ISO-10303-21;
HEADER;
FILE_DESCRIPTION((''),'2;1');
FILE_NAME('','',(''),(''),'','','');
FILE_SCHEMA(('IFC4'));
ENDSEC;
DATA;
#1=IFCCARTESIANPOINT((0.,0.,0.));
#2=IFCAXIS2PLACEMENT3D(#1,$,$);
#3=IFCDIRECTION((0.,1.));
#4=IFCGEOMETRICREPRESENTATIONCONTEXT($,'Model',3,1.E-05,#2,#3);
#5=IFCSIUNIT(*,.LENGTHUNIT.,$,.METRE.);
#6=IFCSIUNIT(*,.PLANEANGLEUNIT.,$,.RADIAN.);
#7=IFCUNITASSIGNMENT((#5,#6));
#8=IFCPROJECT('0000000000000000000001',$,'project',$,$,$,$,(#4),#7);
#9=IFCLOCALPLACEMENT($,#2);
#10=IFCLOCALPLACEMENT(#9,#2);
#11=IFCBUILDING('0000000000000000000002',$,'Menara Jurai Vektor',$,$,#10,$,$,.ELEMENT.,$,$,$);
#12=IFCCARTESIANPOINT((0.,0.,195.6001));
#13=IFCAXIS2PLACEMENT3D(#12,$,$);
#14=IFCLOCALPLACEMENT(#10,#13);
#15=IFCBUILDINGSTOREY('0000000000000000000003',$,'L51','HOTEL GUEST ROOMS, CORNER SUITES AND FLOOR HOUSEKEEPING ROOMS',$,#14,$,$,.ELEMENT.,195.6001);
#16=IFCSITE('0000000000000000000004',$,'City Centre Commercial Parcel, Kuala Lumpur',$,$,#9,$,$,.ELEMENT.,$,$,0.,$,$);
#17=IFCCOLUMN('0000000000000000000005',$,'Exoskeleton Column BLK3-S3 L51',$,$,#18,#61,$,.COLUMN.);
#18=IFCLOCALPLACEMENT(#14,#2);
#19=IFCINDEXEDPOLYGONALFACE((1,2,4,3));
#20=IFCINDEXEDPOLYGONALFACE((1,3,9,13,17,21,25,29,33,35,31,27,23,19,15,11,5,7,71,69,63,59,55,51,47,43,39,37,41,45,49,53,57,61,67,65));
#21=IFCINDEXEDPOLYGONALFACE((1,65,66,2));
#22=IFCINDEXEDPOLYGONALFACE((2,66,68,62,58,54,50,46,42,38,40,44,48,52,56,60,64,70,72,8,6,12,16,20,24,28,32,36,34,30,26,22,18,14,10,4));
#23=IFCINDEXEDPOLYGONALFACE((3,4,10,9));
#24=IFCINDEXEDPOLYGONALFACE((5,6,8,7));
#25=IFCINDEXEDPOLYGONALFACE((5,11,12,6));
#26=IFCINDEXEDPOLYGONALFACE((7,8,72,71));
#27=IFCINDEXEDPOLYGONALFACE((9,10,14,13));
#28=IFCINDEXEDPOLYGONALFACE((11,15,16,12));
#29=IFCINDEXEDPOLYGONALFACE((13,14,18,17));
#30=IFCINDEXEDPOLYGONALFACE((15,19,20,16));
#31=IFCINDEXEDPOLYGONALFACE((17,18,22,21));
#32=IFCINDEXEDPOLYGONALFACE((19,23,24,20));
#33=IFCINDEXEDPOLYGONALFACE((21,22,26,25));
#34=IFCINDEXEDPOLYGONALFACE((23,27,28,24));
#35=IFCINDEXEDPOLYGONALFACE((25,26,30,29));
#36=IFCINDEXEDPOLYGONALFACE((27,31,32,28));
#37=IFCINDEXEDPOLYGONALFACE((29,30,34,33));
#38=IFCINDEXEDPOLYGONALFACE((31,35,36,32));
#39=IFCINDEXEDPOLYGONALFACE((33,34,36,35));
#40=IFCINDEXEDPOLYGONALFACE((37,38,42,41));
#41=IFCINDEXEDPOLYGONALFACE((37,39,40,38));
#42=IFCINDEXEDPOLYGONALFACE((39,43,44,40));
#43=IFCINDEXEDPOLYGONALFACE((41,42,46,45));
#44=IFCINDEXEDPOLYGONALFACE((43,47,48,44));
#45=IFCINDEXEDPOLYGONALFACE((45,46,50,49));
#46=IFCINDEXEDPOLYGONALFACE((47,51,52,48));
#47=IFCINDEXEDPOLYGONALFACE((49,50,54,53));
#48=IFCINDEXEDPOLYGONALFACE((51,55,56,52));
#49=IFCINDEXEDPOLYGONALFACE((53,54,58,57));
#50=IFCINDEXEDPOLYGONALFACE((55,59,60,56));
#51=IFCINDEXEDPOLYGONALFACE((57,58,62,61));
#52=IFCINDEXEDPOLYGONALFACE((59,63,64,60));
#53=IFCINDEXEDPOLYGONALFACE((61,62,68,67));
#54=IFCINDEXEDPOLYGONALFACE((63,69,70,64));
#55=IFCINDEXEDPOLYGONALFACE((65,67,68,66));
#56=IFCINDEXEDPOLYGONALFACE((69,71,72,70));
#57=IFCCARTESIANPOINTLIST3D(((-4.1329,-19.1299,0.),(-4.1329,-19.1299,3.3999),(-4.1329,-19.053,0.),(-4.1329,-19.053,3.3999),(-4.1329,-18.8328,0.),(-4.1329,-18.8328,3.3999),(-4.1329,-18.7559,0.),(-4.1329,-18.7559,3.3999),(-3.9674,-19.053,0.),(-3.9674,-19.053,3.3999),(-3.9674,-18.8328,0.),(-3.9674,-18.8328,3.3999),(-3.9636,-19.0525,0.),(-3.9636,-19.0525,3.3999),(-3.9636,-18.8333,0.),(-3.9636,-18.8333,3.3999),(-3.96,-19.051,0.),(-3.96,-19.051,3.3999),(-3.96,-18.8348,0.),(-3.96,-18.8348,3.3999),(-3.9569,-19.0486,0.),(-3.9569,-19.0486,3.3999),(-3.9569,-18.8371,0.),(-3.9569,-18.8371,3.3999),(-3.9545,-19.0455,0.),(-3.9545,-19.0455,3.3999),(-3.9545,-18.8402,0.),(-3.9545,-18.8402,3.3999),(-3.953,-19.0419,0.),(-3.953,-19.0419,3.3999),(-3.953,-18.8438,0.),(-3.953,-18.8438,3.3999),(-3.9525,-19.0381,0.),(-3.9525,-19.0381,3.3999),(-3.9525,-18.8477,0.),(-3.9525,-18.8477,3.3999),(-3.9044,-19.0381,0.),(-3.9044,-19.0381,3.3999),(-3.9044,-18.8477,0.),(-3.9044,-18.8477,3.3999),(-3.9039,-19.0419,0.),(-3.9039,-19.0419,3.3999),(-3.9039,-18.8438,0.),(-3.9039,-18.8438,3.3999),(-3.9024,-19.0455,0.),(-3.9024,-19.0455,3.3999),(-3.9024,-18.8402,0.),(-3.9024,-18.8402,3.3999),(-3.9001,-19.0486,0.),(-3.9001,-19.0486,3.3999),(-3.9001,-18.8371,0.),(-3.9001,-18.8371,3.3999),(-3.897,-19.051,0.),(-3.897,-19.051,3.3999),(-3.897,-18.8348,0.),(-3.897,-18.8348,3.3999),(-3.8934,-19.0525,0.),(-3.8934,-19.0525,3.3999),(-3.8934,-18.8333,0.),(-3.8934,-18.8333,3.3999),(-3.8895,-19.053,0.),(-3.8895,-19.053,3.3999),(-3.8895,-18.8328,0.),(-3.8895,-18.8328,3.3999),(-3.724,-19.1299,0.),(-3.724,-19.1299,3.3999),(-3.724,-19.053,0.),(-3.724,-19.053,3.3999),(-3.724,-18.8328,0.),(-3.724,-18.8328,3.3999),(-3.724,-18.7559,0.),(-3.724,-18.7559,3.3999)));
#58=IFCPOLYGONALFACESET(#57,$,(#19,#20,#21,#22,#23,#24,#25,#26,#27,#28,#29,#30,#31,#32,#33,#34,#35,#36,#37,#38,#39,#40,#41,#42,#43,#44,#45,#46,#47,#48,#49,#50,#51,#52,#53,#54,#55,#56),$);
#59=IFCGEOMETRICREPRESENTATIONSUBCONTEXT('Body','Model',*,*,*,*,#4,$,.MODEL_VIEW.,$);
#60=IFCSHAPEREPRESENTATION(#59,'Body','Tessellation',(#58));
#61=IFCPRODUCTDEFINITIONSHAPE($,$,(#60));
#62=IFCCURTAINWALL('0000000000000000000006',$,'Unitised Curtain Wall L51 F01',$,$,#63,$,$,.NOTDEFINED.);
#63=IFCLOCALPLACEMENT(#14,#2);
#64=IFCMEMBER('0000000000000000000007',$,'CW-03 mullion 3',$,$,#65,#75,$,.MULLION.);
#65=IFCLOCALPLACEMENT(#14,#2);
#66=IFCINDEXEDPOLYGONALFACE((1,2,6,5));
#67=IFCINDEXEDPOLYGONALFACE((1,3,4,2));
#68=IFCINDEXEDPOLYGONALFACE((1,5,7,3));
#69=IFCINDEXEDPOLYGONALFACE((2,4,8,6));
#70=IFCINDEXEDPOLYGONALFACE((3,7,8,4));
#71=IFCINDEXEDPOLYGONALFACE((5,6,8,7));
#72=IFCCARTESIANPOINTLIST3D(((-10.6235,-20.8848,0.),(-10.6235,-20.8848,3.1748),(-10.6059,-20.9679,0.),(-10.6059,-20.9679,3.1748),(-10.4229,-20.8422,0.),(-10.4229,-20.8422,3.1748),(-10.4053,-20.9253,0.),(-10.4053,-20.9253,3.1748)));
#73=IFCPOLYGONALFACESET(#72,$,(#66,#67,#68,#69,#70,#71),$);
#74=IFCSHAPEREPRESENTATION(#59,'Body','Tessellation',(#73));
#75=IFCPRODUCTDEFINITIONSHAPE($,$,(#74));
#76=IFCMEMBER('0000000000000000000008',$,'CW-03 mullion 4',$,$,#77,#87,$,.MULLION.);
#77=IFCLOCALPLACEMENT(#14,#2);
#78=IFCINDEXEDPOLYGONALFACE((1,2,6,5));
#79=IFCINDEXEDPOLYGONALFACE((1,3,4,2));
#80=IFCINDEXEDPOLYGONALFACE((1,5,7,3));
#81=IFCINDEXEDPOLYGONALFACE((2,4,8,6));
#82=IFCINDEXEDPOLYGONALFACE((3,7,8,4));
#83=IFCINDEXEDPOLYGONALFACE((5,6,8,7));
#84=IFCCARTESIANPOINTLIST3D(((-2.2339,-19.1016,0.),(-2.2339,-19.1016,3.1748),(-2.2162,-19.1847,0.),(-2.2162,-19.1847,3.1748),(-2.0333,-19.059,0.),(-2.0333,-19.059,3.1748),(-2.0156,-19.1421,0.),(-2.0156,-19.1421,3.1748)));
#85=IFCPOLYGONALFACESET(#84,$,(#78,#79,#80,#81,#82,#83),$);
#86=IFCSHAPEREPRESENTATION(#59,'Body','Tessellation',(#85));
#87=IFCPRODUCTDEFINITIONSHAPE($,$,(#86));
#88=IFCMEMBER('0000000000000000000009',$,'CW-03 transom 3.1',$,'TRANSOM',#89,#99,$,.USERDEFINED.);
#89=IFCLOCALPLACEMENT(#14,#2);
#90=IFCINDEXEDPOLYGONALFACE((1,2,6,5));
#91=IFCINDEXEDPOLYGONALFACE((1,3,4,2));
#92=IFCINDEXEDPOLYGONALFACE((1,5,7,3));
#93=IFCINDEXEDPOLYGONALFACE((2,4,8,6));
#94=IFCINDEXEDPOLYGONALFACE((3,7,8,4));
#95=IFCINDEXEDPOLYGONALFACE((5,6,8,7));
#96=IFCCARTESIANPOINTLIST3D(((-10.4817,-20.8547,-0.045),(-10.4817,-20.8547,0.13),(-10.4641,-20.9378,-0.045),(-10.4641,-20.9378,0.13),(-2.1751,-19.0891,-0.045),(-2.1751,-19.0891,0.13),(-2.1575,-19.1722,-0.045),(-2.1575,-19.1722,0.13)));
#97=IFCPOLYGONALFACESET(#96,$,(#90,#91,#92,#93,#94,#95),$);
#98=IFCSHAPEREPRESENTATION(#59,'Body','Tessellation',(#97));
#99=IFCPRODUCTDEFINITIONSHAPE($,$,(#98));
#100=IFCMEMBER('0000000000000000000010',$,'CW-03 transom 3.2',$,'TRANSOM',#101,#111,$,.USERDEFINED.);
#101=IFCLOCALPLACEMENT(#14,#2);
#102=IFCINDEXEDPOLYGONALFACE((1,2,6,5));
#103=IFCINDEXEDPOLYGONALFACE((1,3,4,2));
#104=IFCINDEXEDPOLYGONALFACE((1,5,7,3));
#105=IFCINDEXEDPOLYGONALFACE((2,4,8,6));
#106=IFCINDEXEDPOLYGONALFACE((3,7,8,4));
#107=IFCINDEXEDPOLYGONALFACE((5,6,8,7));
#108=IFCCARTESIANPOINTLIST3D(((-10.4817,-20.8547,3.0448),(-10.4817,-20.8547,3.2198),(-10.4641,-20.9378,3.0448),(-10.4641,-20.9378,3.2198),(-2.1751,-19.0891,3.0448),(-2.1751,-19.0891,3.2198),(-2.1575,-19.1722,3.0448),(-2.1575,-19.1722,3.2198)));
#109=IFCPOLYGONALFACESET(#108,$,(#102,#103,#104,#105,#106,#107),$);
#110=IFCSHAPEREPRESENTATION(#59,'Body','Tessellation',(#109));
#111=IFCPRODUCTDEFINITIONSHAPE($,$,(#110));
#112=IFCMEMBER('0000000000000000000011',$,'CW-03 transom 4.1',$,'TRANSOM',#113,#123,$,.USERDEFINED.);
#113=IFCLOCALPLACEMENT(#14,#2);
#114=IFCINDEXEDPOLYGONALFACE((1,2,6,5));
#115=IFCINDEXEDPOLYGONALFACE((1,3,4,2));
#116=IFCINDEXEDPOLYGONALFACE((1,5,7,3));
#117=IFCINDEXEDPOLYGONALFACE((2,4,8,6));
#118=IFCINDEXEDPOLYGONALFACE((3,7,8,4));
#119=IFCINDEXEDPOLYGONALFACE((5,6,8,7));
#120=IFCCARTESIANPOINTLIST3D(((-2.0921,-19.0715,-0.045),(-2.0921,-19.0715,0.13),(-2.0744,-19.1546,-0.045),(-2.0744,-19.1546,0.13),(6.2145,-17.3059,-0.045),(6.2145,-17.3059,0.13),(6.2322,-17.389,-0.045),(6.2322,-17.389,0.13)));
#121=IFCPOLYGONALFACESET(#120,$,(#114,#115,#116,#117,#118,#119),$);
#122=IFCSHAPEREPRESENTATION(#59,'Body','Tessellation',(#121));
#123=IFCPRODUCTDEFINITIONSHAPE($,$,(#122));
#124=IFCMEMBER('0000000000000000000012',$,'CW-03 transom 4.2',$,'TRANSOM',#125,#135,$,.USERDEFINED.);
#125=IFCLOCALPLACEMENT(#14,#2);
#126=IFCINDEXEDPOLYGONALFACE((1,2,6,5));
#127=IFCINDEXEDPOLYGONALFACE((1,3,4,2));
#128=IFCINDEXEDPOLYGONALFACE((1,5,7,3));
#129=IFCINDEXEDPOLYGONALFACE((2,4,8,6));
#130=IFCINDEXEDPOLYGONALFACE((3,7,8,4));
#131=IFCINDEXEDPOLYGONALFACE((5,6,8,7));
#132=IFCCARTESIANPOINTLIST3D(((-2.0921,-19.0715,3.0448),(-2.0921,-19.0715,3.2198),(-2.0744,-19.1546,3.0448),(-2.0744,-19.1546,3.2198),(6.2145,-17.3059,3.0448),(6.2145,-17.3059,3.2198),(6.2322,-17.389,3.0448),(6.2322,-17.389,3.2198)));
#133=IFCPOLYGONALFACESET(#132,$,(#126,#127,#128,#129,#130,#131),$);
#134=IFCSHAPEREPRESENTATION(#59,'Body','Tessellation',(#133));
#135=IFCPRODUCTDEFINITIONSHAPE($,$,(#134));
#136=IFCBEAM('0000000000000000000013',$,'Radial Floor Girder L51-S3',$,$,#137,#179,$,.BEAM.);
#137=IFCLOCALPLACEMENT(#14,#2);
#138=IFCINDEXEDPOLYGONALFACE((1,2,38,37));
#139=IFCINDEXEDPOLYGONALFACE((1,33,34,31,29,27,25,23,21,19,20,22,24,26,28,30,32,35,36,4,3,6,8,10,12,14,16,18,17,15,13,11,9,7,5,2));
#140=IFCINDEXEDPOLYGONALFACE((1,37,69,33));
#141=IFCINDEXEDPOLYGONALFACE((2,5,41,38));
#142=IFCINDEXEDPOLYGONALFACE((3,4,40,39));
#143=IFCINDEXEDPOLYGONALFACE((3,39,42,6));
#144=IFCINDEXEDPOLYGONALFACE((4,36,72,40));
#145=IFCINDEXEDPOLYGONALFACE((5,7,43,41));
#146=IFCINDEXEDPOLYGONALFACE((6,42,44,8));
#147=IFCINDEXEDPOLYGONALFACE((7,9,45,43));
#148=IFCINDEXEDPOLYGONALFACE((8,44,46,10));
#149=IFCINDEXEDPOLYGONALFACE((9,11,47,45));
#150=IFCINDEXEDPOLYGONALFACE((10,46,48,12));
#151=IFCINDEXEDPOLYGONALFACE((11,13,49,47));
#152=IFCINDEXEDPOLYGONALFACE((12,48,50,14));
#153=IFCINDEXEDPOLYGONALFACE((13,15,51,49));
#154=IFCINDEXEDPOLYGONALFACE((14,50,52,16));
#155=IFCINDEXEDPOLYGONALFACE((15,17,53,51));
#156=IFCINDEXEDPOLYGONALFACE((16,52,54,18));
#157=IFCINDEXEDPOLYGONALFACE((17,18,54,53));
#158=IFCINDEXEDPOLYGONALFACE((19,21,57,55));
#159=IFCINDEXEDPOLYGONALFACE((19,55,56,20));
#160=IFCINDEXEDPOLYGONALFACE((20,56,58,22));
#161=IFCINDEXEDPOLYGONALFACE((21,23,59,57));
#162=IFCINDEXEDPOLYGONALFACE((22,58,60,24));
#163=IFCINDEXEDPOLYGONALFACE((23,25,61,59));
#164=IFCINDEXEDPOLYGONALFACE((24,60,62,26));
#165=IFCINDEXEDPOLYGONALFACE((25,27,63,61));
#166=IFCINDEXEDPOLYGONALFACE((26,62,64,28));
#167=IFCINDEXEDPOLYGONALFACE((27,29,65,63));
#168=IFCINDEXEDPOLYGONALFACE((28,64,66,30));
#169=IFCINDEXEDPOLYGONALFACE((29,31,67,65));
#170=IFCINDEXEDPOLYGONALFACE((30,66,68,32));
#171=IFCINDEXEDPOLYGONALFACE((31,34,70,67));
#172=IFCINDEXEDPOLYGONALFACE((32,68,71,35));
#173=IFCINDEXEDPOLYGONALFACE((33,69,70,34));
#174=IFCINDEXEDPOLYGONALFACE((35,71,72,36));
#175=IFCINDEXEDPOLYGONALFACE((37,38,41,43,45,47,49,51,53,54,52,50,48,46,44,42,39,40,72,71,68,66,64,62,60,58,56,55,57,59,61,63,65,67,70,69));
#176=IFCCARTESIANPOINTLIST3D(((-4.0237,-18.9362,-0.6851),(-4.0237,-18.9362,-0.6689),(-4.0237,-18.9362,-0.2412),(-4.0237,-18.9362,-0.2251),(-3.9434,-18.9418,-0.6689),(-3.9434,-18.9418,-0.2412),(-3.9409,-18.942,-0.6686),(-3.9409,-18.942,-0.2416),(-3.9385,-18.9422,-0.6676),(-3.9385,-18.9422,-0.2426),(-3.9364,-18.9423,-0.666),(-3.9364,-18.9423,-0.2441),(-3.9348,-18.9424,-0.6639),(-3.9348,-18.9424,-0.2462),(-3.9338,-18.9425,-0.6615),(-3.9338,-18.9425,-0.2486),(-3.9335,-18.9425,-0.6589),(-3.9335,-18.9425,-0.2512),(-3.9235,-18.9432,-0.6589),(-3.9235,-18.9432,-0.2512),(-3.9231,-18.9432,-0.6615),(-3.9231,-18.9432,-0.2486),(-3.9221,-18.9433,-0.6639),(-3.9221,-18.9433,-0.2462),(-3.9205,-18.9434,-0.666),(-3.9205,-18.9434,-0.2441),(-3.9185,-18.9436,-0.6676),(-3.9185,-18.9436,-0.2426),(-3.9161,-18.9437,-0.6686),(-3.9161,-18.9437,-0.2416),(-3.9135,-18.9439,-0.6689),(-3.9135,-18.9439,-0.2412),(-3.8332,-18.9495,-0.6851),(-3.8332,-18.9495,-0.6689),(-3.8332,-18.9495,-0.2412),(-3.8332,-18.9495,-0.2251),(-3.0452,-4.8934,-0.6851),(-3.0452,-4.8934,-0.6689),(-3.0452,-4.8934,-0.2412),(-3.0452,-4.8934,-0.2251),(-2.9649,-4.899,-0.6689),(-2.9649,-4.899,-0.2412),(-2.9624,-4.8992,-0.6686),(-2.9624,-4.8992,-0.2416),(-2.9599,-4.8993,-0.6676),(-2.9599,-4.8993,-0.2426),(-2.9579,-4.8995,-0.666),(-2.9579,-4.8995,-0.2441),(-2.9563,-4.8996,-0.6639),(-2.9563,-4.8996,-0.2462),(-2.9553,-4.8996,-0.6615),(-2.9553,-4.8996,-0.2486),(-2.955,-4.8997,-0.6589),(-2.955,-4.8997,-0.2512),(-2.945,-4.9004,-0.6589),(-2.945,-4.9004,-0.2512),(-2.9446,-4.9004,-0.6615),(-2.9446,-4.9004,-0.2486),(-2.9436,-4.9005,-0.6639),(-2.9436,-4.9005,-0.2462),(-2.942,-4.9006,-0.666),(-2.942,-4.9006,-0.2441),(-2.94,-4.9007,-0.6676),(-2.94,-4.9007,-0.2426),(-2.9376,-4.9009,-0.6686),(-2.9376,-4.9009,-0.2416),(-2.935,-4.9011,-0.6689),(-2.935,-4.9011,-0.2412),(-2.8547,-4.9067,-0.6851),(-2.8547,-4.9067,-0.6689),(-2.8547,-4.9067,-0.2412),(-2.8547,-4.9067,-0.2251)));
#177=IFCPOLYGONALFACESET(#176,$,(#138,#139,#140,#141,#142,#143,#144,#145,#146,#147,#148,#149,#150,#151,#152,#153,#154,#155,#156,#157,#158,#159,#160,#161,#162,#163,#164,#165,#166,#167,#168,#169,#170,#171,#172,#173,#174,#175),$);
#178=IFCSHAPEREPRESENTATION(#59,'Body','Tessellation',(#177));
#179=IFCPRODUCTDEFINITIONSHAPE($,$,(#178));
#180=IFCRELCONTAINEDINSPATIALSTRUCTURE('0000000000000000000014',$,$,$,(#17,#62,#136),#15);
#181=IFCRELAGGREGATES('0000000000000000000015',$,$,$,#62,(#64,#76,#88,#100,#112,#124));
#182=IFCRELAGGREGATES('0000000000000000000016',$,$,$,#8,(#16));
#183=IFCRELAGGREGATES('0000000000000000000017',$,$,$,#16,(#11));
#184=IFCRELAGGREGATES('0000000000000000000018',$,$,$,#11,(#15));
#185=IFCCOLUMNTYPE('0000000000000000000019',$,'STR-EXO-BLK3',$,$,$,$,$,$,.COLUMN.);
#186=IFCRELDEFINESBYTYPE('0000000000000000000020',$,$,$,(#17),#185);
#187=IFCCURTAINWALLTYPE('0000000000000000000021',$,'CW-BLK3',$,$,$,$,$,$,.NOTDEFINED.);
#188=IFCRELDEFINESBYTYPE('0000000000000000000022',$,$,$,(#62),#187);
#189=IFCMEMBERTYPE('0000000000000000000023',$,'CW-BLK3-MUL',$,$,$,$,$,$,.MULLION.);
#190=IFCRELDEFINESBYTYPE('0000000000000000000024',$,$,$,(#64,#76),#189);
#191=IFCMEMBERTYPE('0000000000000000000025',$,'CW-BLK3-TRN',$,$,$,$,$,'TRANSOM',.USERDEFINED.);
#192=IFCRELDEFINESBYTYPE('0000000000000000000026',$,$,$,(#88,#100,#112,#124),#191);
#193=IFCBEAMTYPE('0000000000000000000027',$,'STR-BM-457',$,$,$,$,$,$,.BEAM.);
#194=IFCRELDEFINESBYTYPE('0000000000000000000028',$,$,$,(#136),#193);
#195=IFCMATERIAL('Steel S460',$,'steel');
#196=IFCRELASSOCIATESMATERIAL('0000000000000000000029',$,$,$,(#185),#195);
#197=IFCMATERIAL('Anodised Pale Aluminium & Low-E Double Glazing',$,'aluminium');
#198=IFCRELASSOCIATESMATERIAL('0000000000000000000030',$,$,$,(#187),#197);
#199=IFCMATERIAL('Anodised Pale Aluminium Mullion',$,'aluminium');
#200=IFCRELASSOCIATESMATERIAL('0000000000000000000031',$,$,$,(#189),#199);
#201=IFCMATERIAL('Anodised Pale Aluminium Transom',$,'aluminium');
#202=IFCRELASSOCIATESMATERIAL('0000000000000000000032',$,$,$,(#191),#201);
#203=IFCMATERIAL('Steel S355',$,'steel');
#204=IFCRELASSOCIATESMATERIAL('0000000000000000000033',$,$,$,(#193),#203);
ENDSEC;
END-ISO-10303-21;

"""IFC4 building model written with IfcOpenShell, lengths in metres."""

from ifc_helpers import new_model, si_unit, direction, frame, origin, origin_2d, place, context, subcontext, project, spatial, rectangle, i_section, extrude, material, material_profile, profile_set, type_object, element, aggregate, save


model = new_model("IFC4")

# Units and contexts
model_context = context("Model", 3, precision=1e-05, world=origin(), true_north=direction((0.0, 1.0)))
body_context = subcontext(model_context, "Body", "Model", "MODEL_VIEW")
ifc_project = project(units=[si_unit("LENGTHUNIT", "METRE"), si_unit("PLANEANGLEUNIT", "RADIAN")], contexts=[model_context])

# Site, building, storey
site_placement = place(None, origin())
site = spatial("IfcSite", under=ifc_project, at=site_placement, Name="City Centre Commercial Parcel, Kuala Lumpur", CompositionType="ELEMENT", RefElevation=0.0)
building_placement = place(site_placement, origin())
building = spatial("IfcBuilding", under=site, at=building_placement, Name="Menara Jurai Vektor", CompositionType="ELEMENT")
storey_placement = place(building_placement, frame((0.0, 0.0, 195.6001)))
storey = spatial("IfcBuildingStorey", under=building, at=storey_placement, Name="L51", Description="HOTEL GUEST ROOMS, CORNER SUITES AND FLOOR HOUSEKEEPING ROOMS", CompositionType="ELEMENT", Elevation=195.6001)

# Column
ifc_material_1 = material(Name="Steel S460", Category="steel")
ifc_material_profile_1 = material_profile(ifc_material_1, i_section(OverallWidth=0.4089, OverallDepth=0.374, WebThickness=0.0481, FlangeThickness=0.0769, FilletRadius=0.0149, at=origin_2d()), Name="HD 400x634")
ifc_profile_set_1 = profile_set([ifc_material_profile_1], Name="Steel S460")
column_type = type_object("IfcColumnType", Name="STR-EXO-BLK3", PredefinedType="COLUMN", material=ifc_profile_set_1)
column_placement = place(storey_placement, frame((-3.9285, -18.9429, 0.0), z_axis=(0.0, 0.0, 1.0), x_axis=(1.0, 0.0, 0.0)))
element("IfcColumn", 1, at=column_placement, inside=storey, type_object=column_type, Name="Exoskeleton Column BLK3-S3 L51", PredefinedType="COLUMN", context=body_context, shape_type="SweptSolid", body=[
    extrude(i_section(OverallWidth=0.4089, OverallDepth=0.374, WebThickness=0.0481, FlangeThickness=0.0769, FilletRadius=0.0149, at=origin_2d()), origin(), (0.0, 0.0, 1.0), 3.3999),
])

# Curtain wall, members
ifc_material_2 = material(Name="Anodised Pale Aluminium & Low-E Double Glazing", Category="aluminium")
curtain_wall_type = type_object("IfcCurtainWallType", Name="CW-BLK3", PredefinedType="NOTDEFINED", material=ifc_material_2)
curtain_wall_placement = place(storey_placement, origin())
curtain_wall = element("IfcCurtainWall", 2, at=curtain_wall_placement, inside=storey, type_object=curtain_wall_type, Name="Unitised Curtain Wall L51 F01", PredefinedType="NOTDEFINED")
ifc_material_3 = material(Name="Anodised Pale Aluminium Mullion", Category="aluminium")
ifc_material_profile_2 = material_profile(ifc_material_3, rectangle(XDim=0.085, YDim=0.2051, at=origin_2d()), Name="ALU MUL 85x205")
ifc_profile_set_2 = profile_set([ifc_material_profile_2], Name="Anodised Pale Aluminium Mullion")
member_type_1 = type_object("IfcMemberType", Name="CW-BLK3-MUL", PredefinedType="MULLION", material=ifc_profile_set_2)
member_1_placement = place(storey_placement, frame((-10.5144, -20.905, 0.0), z_axis=(0.0, 0.0, 1.0), x_axis=(-0.207911, 0.978148, 0.0)))
member_1 = element("IfcMember", 3, at=member_1_placement, type_object=member_type_1, Name="CW-03 mullion 3", PredefinedType="MULLION", context=body_context, shape_type="SweptSolid", body=[
    extrude(rectangle(XDim=0.085, YDim=0.2051, at=origin_2d()), origin(), (0.0, 0.0, 1.0), 3.1748),
])
member_2_placement = place(storey_placement, frame((-2.1248, -19.1218, 0.0), z_axis=(0.0, 0.0, 1.0), x_axis=(-0.207911, 0.978148, 0.0)))
member_2 = element("IfcMember", 4, at=member_2_placement, type_object=member_type_1, Name="CW-03 mullion 4", PredefinedType="MULLION", context=body_context, shape_type="SweptSolid", body=[
    extrude(rectangle(XDim=0.085, YDim=0.2051, at=origin_2d()), origin(), (0.0, 0.0, 1.0), 3.1748),
])
ifc_material_4 = material(Name="Anodised Pale Aluminium Transom", Category="aluminium")
ifc_material_profile_3 = material_profile(ifc_material_4, rectangle(XDim=0.085, YDim=0.175, at=origin_2d()), Name="ALU TRN 85x175")
ifc_profile_set_3 = profile_set([ifc_material_profile_3], Name="Anodised Pale Aluminium Transom")
member_type_2 = type_object("IfcMemberType", Name="CW-BLK3-TRN", ElementType="TRANSOM", PredefinedType="USERDEFINED", material=ifc_profile_set_3)
member_3_placement = place(storey_placement, frame((-10.4729, -20.8962, 0.0425), z_axis=(0.978148, 0.207911, 0.0), x_axis=(-0.207911, 0.978148, 0.0)))
member_3 = element("IfcMember", 5, at=member_3_placement, type_object=member_type_2, Name="CW-03 transom 3.1", ObjectType="TRANSOM", PredefinedType="USERDEFINED", context=body_context, shape_type="SweptSolid", body=[
    extrude(rectangle(XDim=0.085, YDim=0.175, at=origin_2d()), origin(), (0.0, 0.0, 1.0), 8.4922),
])
member_4_placement = place(storey_placement, frame((-10.4729, -20.8962, 3.1323), z_axis=(0.978148, 0.207911, 0.0), x_axis=(-0.207911, 0.978148, 0.0)))
member_4 = element("IfcMember", 6, at=member_4_placement, type_object=member_type_2, Name="CW-03 transom 3.2", ObjectType="TRANSOM", PredefinedType="USERDEFINED", context=body_context, shape_type="SweptSolid", body=[
    extrude(rectangle(XDim=0.085, YDim=0.175, at=origin_2d()), origin(), (0.0, 0.0, 1.0), 8.4922),
])
member_5_placement = place(storey_placement, frame((-2.0833, -19.113, 0.0425), z_axis=(0.978148, 0.207911, 0.0), x_axis=(-0.207911, 0.978148, 0.0)))
member_5 = element("IfcMember", 7, at=member_5_placement, type_object=member_type_2, Name="CW-03 transom 4.1", ObjectType="TRANSOM", PredefinedType="USERDEFINED", context=body_context, shape_type="SweptSolid", body=[
    extrude(rectangle(XDim=0.085, YDim=0.175, at=origin_2d()), origin(), (0.0, 0.0, 1.0), 8.4922),
])
member_6_placement = place(storey_placement, frame((-2.0833, -19.113, 3.1323), z_axis=(0.978148, 0.207911, 0.0), x_axis=(-0.207911, 0.978148, 0.0)))
member_6 = element("IfcMember", 8, at=member_6_placement, type_object=member_type_2, Name="CW-03 transom 4.2", ObjectType="TRANSOM", PredefinedType="USERDEFINED", context=body_context, shape_type="SweptSolid", body=[
    extrude(rectangle(XDim=0.085, YDim=0.175, at=origin_2d()), origin(), (0.0, 0.0, 1.0), 8.4922),
])

# Beam
ifc_material_5 = material(Name="Steel S355", Category="steel")
ifc_material_profile_4 = material_profile(ifc_material_5, i_section(OverallWidth=0.1909, OverallDepth=0.46, WebThickness=0.01, FlangeThickness=0.0161, FilletRadius=0.01, at=origin_2d()), Name="UKB 457x191x82")
ifc_profile_set_4 = profile_set([ifc_material_profile_4], Name="Steel S355")
beam_type_1 = type_object("IfcBeamType", Name="STR-BM-457", PredefinedType="BEAM", material=ifc_profile_set_4)
beam_1_placement = place(storey_placement, frame((-3.9285, -18.9429, -0.4551), z_axis=(0.069512, 0.997581, 0.0), x_axis=(-0.997581, 0.069512, 0.0)))
element("IfcBeam", 9, at=beam_1_placement, inside=storey, type_object=beam_type_1, Name="Radial Floor Girder L51-S3", PredefinedType="BEAM", context=body_context, shape_type="SweptSolid", body=[
    extrude(i_section(OverallWidth=0.1909, OverallDepth=0.46, WebThickness=0.01, FlangeThickness=0.0161, FilletRadius=0.01, at=origin_2d()), origin(), (0.0, 0.0, 1.0), 14.0769),
])

aggregate(curtain_wall, [member_1, member_2, member_3, member_4, member_5, member_6])

save(model, "model.ifc")
